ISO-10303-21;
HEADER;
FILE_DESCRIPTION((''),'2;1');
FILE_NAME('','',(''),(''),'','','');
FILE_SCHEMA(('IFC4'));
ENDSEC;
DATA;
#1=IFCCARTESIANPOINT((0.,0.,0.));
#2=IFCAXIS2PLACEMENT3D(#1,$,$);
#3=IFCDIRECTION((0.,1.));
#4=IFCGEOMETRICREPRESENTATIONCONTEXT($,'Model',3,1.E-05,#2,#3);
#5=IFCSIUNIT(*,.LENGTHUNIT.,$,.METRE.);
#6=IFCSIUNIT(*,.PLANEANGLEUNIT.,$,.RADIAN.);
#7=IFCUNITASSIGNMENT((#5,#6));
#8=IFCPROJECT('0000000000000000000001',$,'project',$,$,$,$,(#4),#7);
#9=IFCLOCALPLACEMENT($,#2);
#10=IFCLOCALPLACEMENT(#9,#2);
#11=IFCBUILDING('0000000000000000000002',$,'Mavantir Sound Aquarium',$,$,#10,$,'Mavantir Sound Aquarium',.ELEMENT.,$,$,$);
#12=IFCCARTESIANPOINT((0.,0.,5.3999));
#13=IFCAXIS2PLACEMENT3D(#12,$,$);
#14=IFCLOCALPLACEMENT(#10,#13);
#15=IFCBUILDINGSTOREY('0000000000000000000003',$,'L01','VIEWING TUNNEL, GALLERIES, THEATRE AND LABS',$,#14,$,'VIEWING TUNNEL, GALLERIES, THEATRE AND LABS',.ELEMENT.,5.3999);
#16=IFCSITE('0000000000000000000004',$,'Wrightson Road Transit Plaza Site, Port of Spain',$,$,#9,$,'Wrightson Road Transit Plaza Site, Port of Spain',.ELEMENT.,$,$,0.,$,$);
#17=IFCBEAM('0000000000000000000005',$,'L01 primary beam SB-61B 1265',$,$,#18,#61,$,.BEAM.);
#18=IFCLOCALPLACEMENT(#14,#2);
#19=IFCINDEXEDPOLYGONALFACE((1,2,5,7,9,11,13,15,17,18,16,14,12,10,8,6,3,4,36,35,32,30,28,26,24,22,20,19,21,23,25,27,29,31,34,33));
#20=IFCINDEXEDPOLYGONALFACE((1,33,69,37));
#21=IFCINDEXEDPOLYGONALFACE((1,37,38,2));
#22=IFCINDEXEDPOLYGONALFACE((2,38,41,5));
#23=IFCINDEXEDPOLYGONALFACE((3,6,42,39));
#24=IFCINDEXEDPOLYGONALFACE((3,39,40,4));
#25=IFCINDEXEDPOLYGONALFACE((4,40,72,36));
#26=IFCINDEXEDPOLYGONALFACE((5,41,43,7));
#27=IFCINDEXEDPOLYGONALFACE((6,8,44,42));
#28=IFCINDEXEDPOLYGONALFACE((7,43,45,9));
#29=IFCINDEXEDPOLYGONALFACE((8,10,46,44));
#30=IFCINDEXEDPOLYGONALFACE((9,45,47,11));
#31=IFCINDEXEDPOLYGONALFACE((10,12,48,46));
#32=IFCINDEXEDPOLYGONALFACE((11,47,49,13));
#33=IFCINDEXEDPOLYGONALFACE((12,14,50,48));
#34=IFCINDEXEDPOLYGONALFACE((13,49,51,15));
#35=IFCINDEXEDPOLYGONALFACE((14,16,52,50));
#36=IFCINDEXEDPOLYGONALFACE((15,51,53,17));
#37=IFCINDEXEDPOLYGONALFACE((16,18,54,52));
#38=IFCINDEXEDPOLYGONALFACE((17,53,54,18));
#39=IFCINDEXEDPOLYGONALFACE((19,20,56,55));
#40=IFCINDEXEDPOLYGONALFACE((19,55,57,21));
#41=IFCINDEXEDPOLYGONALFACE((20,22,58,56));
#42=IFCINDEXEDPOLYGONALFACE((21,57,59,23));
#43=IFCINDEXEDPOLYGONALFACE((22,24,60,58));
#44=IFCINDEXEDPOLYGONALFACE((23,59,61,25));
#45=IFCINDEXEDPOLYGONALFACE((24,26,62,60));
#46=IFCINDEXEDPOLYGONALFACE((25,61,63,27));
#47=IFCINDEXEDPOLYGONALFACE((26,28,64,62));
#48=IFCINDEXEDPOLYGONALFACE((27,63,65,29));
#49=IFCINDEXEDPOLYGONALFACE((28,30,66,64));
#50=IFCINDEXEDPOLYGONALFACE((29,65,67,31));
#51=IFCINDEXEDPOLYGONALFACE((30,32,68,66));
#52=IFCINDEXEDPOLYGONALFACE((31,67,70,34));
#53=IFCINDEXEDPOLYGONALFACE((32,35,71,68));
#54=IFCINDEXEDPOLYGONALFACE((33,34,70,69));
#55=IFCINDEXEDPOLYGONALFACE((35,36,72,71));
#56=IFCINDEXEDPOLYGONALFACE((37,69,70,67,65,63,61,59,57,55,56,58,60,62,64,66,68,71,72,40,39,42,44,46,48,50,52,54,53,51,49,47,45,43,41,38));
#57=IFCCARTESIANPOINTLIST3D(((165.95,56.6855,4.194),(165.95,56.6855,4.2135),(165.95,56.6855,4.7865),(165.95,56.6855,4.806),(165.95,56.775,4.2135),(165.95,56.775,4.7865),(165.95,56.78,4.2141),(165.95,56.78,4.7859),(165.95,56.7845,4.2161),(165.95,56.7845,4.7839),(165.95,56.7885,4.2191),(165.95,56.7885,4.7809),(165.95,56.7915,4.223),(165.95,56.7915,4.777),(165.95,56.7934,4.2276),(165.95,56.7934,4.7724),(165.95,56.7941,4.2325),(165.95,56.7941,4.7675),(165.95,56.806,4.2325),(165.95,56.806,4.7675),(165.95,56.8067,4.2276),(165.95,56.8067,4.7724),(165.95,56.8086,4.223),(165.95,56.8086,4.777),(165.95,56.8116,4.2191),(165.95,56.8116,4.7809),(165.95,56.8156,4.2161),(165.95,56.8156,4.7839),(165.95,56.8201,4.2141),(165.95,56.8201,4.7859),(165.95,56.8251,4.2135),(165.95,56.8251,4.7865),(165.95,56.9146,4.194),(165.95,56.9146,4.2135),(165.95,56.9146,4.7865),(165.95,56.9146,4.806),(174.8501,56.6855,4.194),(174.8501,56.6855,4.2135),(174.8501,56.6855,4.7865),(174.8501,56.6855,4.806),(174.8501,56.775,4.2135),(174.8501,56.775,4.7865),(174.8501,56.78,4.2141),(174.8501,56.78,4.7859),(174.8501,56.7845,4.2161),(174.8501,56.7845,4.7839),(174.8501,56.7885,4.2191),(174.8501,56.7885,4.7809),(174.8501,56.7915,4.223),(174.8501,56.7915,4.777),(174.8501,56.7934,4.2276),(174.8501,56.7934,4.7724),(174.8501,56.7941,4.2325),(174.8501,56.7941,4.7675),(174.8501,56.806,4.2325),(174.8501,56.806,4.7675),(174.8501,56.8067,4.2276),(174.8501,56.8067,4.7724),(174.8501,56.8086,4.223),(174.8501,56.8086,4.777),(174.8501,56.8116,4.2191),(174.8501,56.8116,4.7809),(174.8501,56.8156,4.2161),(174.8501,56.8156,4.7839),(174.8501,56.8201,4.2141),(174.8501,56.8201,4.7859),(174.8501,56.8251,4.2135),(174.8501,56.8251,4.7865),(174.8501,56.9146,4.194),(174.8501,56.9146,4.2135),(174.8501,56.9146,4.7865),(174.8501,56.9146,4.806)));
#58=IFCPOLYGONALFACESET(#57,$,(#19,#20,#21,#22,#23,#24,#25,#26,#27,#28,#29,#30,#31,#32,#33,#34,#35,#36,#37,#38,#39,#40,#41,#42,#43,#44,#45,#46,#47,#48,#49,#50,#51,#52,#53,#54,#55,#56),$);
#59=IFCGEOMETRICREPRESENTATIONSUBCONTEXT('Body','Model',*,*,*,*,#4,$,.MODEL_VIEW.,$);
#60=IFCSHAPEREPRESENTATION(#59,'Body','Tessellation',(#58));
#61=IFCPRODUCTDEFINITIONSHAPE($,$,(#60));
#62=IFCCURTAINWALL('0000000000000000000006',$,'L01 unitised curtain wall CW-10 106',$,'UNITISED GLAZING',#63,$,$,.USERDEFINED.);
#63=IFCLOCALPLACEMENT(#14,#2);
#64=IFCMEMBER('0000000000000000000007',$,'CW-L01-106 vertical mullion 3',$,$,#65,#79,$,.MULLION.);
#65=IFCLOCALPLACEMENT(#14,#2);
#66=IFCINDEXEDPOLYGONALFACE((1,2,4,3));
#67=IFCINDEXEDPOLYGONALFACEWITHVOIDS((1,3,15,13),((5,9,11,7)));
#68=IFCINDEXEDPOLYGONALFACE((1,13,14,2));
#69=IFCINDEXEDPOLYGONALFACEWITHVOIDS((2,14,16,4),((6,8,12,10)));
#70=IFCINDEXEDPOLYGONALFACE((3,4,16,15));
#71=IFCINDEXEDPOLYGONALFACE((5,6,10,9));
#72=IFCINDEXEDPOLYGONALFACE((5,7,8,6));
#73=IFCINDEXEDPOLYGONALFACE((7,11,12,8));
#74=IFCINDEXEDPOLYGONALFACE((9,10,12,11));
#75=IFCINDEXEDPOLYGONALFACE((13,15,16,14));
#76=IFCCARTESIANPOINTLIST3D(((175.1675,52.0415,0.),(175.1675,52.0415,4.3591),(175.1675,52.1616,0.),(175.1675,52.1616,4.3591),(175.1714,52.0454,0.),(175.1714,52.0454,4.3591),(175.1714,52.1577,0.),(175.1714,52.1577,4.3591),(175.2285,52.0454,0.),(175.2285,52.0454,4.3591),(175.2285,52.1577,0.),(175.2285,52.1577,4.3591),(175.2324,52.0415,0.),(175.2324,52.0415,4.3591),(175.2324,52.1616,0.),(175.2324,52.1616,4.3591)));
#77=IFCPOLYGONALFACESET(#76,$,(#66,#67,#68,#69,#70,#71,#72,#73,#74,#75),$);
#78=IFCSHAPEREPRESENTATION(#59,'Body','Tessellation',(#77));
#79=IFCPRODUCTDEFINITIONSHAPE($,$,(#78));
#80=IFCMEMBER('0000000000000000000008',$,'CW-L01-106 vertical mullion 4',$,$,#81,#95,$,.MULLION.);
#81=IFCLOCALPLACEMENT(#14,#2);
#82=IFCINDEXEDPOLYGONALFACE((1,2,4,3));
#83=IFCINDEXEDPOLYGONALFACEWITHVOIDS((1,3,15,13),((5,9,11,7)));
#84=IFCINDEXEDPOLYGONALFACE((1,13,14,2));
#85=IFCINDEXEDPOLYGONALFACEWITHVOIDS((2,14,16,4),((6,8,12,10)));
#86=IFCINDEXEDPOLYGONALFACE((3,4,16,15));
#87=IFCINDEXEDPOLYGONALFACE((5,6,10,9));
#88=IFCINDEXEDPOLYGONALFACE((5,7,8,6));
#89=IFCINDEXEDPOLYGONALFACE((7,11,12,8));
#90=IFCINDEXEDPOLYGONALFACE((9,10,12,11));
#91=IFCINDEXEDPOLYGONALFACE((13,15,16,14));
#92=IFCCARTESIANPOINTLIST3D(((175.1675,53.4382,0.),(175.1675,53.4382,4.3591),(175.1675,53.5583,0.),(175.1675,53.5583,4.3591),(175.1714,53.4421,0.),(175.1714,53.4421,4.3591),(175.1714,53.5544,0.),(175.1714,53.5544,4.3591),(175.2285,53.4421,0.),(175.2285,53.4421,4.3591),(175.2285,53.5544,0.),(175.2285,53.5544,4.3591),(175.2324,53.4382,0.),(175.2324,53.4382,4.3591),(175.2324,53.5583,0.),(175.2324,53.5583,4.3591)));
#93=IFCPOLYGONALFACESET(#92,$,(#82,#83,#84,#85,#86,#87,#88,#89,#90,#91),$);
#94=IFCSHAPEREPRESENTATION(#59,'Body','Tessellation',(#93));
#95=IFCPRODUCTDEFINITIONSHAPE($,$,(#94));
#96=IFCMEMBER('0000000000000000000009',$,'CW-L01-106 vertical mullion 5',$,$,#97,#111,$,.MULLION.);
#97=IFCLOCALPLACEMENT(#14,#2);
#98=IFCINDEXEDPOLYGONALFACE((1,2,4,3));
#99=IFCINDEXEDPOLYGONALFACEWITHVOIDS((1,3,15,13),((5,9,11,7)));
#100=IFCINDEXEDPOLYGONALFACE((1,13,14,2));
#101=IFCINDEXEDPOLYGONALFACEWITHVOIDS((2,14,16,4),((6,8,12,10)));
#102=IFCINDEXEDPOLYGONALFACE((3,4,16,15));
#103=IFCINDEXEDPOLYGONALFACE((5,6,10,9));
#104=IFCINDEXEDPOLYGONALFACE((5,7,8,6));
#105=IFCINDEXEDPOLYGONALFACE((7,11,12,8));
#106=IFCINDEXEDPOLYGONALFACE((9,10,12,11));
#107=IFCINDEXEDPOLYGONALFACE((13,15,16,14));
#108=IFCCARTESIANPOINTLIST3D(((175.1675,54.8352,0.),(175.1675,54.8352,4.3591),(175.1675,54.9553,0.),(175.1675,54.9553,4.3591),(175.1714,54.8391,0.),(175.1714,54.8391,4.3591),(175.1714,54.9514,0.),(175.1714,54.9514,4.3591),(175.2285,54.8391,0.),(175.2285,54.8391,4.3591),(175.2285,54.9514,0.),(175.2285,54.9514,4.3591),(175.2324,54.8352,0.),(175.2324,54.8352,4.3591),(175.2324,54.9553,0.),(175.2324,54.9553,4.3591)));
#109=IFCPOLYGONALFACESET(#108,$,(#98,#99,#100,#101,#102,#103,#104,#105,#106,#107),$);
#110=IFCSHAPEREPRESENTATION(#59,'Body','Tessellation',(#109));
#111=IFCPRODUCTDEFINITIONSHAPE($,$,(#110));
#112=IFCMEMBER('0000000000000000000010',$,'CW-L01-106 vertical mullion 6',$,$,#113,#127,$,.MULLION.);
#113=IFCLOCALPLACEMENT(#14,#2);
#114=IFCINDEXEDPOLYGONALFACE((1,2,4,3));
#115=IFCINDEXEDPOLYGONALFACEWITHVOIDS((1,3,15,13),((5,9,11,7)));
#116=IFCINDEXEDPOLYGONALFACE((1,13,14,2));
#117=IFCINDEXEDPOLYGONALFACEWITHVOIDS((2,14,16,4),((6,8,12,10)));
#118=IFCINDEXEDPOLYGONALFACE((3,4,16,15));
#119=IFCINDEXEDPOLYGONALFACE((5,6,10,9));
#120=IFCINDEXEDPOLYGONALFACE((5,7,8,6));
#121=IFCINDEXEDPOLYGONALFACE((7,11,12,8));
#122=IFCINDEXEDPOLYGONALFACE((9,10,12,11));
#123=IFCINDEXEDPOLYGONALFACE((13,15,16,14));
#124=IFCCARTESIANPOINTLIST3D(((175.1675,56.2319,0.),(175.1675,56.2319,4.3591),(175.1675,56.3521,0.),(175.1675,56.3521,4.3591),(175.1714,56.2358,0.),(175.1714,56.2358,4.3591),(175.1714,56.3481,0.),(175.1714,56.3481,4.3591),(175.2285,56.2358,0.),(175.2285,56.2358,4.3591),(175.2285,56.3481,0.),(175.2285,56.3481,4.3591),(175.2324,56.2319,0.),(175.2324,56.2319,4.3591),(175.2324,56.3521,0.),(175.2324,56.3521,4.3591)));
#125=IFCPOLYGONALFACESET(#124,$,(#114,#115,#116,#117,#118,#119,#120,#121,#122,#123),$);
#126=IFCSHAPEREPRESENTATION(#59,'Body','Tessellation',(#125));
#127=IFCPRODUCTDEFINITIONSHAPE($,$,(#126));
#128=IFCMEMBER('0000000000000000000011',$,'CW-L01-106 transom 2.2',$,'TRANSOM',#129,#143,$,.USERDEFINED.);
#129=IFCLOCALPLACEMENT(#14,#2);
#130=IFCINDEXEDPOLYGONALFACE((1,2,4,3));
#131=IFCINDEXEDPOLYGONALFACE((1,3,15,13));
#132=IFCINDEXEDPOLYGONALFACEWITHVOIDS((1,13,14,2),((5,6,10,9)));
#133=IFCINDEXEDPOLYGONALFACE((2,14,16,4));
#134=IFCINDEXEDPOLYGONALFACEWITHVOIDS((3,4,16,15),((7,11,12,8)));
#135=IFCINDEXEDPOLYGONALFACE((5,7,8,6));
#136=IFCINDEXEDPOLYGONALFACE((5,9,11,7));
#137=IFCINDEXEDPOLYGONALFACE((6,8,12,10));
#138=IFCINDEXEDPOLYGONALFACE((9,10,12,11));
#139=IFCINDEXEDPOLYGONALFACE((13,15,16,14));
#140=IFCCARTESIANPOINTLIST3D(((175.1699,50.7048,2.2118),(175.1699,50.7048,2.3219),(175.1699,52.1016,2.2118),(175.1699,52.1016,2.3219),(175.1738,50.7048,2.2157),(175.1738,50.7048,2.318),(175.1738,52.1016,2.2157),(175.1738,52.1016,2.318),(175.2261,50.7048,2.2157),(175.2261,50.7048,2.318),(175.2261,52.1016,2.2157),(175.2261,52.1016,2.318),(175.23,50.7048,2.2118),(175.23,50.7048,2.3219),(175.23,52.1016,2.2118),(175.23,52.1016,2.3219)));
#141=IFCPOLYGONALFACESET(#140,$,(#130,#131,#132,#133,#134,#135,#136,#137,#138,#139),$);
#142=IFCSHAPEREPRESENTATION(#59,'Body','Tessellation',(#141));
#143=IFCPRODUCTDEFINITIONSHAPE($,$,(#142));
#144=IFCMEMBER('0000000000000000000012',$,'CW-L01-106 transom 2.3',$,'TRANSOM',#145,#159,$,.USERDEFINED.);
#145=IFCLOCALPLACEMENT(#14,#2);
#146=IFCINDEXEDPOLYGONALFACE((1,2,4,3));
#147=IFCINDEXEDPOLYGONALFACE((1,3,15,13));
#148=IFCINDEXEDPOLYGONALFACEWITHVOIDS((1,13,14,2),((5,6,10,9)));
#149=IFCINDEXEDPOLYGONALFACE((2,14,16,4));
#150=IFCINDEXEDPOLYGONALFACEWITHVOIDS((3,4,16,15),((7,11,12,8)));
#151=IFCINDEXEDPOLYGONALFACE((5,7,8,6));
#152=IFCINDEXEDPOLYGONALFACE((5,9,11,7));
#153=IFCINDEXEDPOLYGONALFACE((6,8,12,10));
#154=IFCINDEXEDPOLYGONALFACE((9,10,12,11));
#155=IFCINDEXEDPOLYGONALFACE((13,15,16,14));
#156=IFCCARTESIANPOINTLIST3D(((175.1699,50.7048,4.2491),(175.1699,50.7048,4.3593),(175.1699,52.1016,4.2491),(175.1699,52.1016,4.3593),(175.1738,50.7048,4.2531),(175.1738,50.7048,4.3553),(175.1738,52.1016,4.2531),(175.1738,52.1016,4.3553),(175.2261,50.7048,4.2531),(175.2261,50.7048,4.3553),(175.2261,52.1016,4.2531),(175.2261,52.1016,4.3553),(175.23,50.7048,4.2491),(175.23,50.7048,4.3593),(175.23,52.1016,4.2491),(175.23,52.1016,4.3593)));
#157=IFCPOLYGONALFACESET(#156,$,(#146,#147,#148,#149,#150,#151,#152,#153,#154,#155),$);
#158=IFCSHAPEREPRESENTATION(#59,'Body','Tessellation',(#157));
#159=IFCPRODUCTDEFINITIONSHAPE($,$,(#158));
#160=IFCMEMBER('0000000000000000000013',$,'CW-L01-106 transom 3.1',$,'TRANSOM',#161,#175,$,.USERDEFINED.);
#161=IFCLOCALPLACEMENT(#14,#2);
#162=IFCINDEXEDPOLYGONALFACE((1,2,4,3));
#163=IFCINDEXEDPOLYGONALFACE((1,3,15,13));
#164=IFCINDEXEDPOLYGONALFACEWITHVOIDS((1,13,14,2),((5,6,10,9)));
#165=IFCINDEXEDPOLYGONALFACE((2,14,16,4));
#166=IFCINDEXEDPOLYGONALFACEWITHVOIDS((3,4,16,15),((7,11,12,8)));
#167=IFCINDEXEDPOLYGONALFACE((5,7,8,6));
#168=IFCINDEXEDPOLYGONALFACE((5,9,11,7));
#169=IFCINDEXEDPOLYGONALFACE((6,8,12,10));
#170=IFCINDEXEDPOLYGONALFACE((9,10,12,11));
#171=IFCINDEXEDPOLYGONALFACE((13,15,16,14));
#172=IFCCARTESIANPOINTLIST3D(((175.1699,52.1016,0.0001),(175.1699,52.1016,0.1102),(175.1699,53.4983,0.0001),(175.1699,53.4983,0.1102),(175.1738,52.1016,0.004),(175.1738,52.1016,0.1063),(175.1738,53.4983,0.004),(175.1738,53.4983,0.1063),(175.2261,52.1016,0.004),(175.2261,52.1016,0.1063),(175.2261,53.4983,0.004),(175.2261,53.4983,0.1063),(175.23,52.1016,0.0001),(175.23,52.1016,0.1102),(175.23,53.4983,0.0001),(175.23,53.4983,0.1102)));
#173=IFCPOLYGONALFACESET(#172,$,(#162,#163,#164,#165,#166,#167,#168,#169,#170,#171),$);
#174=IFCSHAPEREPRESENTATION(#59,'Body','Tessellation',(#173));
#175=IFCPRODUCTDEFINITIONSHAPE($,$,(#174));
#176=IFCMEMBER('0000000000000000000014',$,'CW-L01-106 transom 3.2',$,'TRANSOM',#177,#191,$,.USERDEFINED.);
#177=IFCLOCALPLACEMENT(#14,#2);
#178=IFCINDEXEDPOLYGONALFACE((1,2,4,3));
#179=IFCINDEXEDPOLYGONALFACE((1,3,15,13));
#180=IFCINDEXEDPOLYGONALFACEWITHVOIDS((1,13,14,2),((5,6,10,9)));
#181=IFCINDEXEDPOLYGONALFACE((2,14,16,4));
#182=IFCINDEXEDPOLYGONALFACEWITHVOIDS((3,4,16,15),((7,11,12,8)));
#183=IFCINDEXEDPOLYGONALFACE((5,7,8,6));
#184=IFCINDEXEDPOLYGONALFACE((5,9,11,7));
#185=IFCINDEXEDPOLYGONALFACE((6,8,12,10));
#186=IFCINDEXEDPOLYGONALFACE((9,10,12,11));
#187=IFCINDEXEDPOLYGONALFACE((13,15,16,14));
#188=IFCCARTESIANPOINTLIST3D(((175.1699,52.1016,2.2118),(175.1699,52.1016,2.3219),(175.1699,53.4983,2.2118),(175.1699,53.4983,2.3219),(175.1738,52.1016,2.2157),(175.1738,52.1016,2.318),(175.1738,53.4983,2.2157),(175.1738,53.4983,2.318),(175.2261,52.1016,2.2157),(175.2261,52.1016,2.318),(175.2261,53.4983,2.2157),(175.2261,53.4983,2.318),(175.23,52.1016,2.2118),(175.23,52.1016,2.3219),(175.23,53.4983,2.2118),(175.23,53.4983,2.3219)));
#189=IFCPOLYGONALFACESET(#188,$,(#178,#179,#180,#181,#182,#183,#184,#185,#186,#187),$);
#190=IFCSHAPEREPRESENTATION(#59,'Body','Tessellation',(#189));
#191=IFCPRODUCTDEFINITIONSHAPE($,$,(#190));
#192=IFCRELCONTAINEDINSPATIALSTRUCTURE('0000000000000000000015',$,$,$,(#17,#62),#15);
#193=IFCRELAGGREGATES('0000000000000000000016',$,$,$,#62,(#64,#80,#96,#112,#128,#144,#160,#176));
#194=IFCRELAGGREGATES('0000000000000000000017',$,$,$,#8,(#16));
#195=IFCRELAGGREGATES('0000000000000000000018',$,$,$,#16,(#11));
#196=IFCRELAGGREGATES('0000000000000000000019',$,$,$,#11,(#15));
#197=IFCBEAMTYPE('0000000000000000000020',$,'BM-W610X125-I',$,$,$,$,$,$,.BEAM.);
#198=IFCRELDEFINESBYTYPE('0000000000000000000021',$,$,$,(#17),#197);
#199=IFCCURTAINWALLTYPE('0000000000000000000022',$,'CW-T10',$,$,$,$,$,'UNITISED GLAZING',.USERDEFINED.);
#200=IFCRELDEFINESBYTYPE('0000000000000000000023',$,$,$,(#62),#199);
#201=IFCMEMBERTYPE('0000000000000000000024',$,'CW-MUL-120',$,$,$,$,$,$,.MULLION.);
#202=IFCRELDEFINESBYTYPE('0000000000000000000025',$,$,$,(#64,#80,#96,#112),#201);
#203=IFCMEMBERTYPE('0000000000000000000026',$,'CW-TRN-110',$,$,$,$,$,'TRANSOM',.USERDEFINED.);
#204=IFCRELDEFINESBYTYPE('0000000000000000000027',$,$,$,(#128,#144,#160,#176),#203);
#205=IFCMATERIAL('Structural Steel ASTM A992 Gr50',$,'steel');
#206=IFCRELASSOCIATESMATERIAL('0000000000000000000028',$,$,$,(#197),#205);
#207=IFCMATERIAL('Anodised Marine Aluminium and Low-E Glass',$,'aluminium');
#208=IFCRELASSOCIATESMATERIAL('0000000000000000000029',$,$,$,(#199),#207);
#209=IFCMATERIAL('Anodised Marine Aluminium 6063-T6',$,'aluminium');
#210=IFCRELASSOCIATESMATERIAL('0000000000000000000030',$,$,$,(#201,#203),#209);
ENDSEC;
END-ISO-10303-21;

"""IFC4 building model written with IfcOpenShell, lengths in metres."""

from ifc_helpers import new_model, si_unit, direction, frame, origin, origin_2d, place, context, subcontext, project, spatial, hollow_rectangle, i_section, extrude, material, material_profile, profile_set, type_object, element, aggregate, save


model = new_model("IFC4")

# Units and contexts
model_context = context("Model", 3, precision=1e-05, world=origin(), true_north=direction((0.0, 1.0)))
body_context = subcontext(model_context, "Body", "Model", "MODEL_VIEW")
ifc_project = project(units=[si_unit("LENGTHUNIT", "METRE"), si_unit("PLANEANGLEUNIT", "RADIAN")], contexts=[model_context])

# Site, building, storey
site_placement = place(None, origin())
site = spatial("IfcSite", under=ifc_project, at=site_placement, Name="Wrightson Road Transit Plaza Site, Port of Spain", LongName="Wrightson Road Transit Plaza Site, Port of Spain", CompositionType="ELEMENT", RefElevation=0.0)
building_placement = place(site_placement, origin())
building = spatial("IfcBuilding", under=site, at=building_placement, Name="Mavantir Sound Aquarium", LongName="Mavantir Sound Aquarium", CompositionType="ELEMENT")
storey_placement = place(building_placement, frame((0.0, 0.0, 5.3999)))
storey = spatial("IfcBuildingStorey", under=building, at=storey_placement, Name="L01", Description="VIEWING TUNNEL, GALLERIES, THEATRE AND LABS", LongName="VIEWING TUNNEL, GALLERIES, THEATRE AND LABS", CompositionType="ELEMENT", Elevation=5.3999)

# Beam
ifc_material_1 = material(Name="Structural Steel ASTM A992 Gr50", Category="steel")
ifc_material_profile_1 = material_profile(ifc_material_1, i_section(OverallWidth=0.229, OverallDepth=0.6121, WebThickness=0.012, FlangeThickness=0.0195, FilletRadius=0.019, at=origin_2d()), Name="W610X125")
ifc_profile_set_1 = profile_set([ifc_material_profile_1], Name="Structural Steel ASTM A992 Gr50")
beam_type_1 = type_object("IfcBeamType", Name="BM-W610X125-I", PredefinedType="BEAM", material=ifc_profile_set_1)
beam_1_placement = place(storey_placement, frame((165.95, 56.8, 4.5), z_axis=(1.0, 0.0, 0.0), x_axis=(0.0, 1.0, 0.0)))
element("IfcBeam", 1, at=beam_1_placement, inside=storey, type_object=beam_type_1, Name="L01 primary beam SB-61B 1265", PredefinedType="BEAM", context=body_context, shape_type="SweptSolid", body=[
    extrude(i_section(OverallWidth=0.229, OverallDepth=0.6121, WebThickness=0.012, FlangeThickness=0.0195, FilletRadius=0.019, at=origin_2d()), origin(), (0.0, 0.0, 1.0), 8.9001),
])

# Curtain wall, members
ifc_material_2 = material(Name="Anodised Marine Aluminium and Low-E Glass", Category="aluminium")
curtain_wall_type = type_object("IfcCurtainWallType", Name="CW-T10", ElementType="UNITISED GLAZING", PredefinedType="USERDEFINED", material=ifc_material_2)
curtain_wall_placement = place(storey_placement, origin())
curtain_wall = element("IfcCurtainWall", 2, at=curtain_wall_placement, inside=storey, type_object=curtain_wall_type, Name="L01 unitised curtain wall CW-10 106", ObjectType="UNITISED GLAZING", PredefinedType="USERDEFINED")
ifc_material_3 = material(Name="Anodised Marine Aluminium 6063-T6", Category="aluminium")
ifc_material_profile_2 = material_profile(ifc_material_3, hollow_rectangle(XDim=0.0649, YDim=0.1201, WallThickness=0.0039, at=origin_2d()), Name="ALU-MULLION-120X65")
ifc_profile_set_2 = profile_set([ifc_material_profile_2], Name="Anodised Marine Aluminium 6063-T6")
member_type_1 = type_object("IfcMemberType", Name="CW-MUL-120", PredefinedType="MULLION", material=ifc_profile_set_2)
member_1_placement = place(storey_placement, frame((175.2, 52.1016, 0.0), z_axis=(0.0, 0.0, 1.0), x_axis=(1.0, 0.0, 0.0)))
member_1 = element("IfcMember", 3, at=member_1_placement, type_object=member_type_1, Name="CW-L01-106 vertical mullion 3", PredefinedType="MULLION", context=body_context, shape_type="SweptSolid", body=[
    extrude(hollow_rectangle(XDim=0.0649, YDim=0.1201, WallThickness=0.0039, at=origin_2d()), origin(), (0.0, 0.0, 1.0), 4.3591),
])
member_2_placement = place(storey_placement, frame((175.2, 53.4983, 0.0), z_axis=(0.0, 0.0, 1.0), x_axis=(1.0, 0.0, 0.0)))
member_2 = element("IfcMember", 4, at=member_2_placement, type_object=member_type_1, Name="CW-L01-106 vertical mullion 4", PredefinedType="MULLION", context=body_context, shape_type="SweptSolid", body=[
    extrude(hollow_rectangle(XDim=0.0649, YDim=0.1201, WallThickness=0.0039, at=origin_2d()), origin(), (0.0, 0.0, 1.0), 4.3591),
])
member_3_placement = place(storey_placement, frame((175.2, 54.8953, 0.0), z_axis=(0.0, 0.0, 1.0), x_axis=(1.0, 0.0, 0.0)))
member_3 = element("IfcMember", 5, at=member_3_placement, type_object=member_type_1, Name="CW-L01-106 vertical mullion 5", PredefinedType="MULLION", context=body_context, shape_type="SweptSolid", body=[
    extrude(hollow_rectangle(XDim=0.0649, YDim=0.1201, WallThickness=0.0039, at=origin_2d()), origin(), (0.0, 0.0, 1.0), 4.3591),
])
member_4_placement = place(storey_placement, frame((175.2, 56.292, 0.0), z_axis=(0.0, 0.0, 1.0), x_axis=(1.0, 0.0, 0.0)))
member_4 = element("IfcMember", 6, at=member_4_placement, type_object=member_type_1, Name="CW-L01-106 vertical mullion 6", PredefinedType="MULLION", context=body_context, shape_type="SweptSolid", body=[
    extrude(hollow_rectangle(XDim=0.0649, YDim=0.1201, WallThickness=0.0039, at=origin_2d()), origin(), (0.0, 0.0, 1.0), 4.3591),
])
ifc_material_profile_3 = material_profile(ifc_material_3, hollow_rectangle(XDim=0.0601, YDim=0.1101, WallThickness=0.0039, at=origin_2d()), Name="ALU-TRANSOM-110X60")
ifc_profile_set_3 = profile_set([ifc_material_profile_3], Name="Anodised Marine Aluminium 6063-T6")
member_type_2 = type_object("IfcMemberType", Name="CW-TRN-110", ElementType="TRANSOM", PredefinedType="USERDEFINED", material=ifc_profile_set_3)
member_5_placement = place(storey_placement, frame((175.2, 50.7048, 2.2668), z_axis=(0.0, 1.0, 0.0), x_axis=(-1.0, 0.0, 0.0)))
member_5 = element("IfcMember", 7, at=member_5_placement, type_object=member_type_2, Name="CW-L01-106 transom 2.2", ObjectType="TRANSOM", PredefinedType="USERDEFINED", context=body_context, shape_type="SweptSolid", body=[
    extrude(hollow_rectangle(XDim=0.0601, YDim=0.1101, WallThickness=0.0039, at=origin_2d()), origin(), (0.0, 0.0, 1.0), 1.3967),
])
member_6_placement = place(storey_placement, frame((175.2, 50.7048, 4.3042), z_axis=(0.0, 1.0, 0.0), x_axis=(-1.0, 0.0, 0.0)))
member_6 = element("IfcMember", 8, at=member_6_placement, type_object=member_type_2, Name="CW-L01-106 transom 2.3", ObjectType="TRANSOM", PredefinedType="USERDEFINED", context=body_context, shape_type="SweptSolid", body=[
    extrude(hollow_rectangle(XDim=0.0601, YDim=0.1101, WallThickness=0.0039, at=origin_2d()), origin(), (0.0, 0.0, 1.0), 1.3967),
])
member_7_placement = place(storey_placement, frame((175.2, 52.1016, 0.0552), z_axis=(0.0, 1.0, 0.0), x_axis=(-1.0, 0.0, 0.0)))
member_7 = element("IfcMember", 9, at=member_7_placement, type_object=member_type_2, Name="CW-L01-106 transom 3.1", ObjectType="TRANSOM", PredefinedType="USERDEFINED", context=body_context, shape_type="SweptSolid", body=[
    extrude(hollow_rectangle(XDim=0.0601, YDim=0.1101, WallThickness=0.0039, at=origin_2d()), origin(), (0.0, 0.0, 1.0), 1.3967),
])
member_8_placement = place(storey_placement, frame((175.2, 52.1016, 2.2668), z_axis=(0.0, 1.0, 0.0), x_axis=(-1.0, 0.0, 0.0)))
member_8 = element("IfcMember", 10, at=member_8_placement, type_object=member_type_2, Name="CW-L01-106 transom 3.2", ObjectType="TRANSOM", PredefinedType="USERDEFINED", context=body_context, shape_type="SweptSolid", body=[
    extrude(hollow_rectangle(XDim=0.0601, YDim=0.1101, WallThickness=0.0039, at=origin_2d()), origin(), (0.0, 0.0, 1.0), 1.3967),
])
aggregate(curtain_wall, [member_1, member_2, member_3, member_4, member_5, member_6, member_7, member_8])

save(model, "model.ifc")
